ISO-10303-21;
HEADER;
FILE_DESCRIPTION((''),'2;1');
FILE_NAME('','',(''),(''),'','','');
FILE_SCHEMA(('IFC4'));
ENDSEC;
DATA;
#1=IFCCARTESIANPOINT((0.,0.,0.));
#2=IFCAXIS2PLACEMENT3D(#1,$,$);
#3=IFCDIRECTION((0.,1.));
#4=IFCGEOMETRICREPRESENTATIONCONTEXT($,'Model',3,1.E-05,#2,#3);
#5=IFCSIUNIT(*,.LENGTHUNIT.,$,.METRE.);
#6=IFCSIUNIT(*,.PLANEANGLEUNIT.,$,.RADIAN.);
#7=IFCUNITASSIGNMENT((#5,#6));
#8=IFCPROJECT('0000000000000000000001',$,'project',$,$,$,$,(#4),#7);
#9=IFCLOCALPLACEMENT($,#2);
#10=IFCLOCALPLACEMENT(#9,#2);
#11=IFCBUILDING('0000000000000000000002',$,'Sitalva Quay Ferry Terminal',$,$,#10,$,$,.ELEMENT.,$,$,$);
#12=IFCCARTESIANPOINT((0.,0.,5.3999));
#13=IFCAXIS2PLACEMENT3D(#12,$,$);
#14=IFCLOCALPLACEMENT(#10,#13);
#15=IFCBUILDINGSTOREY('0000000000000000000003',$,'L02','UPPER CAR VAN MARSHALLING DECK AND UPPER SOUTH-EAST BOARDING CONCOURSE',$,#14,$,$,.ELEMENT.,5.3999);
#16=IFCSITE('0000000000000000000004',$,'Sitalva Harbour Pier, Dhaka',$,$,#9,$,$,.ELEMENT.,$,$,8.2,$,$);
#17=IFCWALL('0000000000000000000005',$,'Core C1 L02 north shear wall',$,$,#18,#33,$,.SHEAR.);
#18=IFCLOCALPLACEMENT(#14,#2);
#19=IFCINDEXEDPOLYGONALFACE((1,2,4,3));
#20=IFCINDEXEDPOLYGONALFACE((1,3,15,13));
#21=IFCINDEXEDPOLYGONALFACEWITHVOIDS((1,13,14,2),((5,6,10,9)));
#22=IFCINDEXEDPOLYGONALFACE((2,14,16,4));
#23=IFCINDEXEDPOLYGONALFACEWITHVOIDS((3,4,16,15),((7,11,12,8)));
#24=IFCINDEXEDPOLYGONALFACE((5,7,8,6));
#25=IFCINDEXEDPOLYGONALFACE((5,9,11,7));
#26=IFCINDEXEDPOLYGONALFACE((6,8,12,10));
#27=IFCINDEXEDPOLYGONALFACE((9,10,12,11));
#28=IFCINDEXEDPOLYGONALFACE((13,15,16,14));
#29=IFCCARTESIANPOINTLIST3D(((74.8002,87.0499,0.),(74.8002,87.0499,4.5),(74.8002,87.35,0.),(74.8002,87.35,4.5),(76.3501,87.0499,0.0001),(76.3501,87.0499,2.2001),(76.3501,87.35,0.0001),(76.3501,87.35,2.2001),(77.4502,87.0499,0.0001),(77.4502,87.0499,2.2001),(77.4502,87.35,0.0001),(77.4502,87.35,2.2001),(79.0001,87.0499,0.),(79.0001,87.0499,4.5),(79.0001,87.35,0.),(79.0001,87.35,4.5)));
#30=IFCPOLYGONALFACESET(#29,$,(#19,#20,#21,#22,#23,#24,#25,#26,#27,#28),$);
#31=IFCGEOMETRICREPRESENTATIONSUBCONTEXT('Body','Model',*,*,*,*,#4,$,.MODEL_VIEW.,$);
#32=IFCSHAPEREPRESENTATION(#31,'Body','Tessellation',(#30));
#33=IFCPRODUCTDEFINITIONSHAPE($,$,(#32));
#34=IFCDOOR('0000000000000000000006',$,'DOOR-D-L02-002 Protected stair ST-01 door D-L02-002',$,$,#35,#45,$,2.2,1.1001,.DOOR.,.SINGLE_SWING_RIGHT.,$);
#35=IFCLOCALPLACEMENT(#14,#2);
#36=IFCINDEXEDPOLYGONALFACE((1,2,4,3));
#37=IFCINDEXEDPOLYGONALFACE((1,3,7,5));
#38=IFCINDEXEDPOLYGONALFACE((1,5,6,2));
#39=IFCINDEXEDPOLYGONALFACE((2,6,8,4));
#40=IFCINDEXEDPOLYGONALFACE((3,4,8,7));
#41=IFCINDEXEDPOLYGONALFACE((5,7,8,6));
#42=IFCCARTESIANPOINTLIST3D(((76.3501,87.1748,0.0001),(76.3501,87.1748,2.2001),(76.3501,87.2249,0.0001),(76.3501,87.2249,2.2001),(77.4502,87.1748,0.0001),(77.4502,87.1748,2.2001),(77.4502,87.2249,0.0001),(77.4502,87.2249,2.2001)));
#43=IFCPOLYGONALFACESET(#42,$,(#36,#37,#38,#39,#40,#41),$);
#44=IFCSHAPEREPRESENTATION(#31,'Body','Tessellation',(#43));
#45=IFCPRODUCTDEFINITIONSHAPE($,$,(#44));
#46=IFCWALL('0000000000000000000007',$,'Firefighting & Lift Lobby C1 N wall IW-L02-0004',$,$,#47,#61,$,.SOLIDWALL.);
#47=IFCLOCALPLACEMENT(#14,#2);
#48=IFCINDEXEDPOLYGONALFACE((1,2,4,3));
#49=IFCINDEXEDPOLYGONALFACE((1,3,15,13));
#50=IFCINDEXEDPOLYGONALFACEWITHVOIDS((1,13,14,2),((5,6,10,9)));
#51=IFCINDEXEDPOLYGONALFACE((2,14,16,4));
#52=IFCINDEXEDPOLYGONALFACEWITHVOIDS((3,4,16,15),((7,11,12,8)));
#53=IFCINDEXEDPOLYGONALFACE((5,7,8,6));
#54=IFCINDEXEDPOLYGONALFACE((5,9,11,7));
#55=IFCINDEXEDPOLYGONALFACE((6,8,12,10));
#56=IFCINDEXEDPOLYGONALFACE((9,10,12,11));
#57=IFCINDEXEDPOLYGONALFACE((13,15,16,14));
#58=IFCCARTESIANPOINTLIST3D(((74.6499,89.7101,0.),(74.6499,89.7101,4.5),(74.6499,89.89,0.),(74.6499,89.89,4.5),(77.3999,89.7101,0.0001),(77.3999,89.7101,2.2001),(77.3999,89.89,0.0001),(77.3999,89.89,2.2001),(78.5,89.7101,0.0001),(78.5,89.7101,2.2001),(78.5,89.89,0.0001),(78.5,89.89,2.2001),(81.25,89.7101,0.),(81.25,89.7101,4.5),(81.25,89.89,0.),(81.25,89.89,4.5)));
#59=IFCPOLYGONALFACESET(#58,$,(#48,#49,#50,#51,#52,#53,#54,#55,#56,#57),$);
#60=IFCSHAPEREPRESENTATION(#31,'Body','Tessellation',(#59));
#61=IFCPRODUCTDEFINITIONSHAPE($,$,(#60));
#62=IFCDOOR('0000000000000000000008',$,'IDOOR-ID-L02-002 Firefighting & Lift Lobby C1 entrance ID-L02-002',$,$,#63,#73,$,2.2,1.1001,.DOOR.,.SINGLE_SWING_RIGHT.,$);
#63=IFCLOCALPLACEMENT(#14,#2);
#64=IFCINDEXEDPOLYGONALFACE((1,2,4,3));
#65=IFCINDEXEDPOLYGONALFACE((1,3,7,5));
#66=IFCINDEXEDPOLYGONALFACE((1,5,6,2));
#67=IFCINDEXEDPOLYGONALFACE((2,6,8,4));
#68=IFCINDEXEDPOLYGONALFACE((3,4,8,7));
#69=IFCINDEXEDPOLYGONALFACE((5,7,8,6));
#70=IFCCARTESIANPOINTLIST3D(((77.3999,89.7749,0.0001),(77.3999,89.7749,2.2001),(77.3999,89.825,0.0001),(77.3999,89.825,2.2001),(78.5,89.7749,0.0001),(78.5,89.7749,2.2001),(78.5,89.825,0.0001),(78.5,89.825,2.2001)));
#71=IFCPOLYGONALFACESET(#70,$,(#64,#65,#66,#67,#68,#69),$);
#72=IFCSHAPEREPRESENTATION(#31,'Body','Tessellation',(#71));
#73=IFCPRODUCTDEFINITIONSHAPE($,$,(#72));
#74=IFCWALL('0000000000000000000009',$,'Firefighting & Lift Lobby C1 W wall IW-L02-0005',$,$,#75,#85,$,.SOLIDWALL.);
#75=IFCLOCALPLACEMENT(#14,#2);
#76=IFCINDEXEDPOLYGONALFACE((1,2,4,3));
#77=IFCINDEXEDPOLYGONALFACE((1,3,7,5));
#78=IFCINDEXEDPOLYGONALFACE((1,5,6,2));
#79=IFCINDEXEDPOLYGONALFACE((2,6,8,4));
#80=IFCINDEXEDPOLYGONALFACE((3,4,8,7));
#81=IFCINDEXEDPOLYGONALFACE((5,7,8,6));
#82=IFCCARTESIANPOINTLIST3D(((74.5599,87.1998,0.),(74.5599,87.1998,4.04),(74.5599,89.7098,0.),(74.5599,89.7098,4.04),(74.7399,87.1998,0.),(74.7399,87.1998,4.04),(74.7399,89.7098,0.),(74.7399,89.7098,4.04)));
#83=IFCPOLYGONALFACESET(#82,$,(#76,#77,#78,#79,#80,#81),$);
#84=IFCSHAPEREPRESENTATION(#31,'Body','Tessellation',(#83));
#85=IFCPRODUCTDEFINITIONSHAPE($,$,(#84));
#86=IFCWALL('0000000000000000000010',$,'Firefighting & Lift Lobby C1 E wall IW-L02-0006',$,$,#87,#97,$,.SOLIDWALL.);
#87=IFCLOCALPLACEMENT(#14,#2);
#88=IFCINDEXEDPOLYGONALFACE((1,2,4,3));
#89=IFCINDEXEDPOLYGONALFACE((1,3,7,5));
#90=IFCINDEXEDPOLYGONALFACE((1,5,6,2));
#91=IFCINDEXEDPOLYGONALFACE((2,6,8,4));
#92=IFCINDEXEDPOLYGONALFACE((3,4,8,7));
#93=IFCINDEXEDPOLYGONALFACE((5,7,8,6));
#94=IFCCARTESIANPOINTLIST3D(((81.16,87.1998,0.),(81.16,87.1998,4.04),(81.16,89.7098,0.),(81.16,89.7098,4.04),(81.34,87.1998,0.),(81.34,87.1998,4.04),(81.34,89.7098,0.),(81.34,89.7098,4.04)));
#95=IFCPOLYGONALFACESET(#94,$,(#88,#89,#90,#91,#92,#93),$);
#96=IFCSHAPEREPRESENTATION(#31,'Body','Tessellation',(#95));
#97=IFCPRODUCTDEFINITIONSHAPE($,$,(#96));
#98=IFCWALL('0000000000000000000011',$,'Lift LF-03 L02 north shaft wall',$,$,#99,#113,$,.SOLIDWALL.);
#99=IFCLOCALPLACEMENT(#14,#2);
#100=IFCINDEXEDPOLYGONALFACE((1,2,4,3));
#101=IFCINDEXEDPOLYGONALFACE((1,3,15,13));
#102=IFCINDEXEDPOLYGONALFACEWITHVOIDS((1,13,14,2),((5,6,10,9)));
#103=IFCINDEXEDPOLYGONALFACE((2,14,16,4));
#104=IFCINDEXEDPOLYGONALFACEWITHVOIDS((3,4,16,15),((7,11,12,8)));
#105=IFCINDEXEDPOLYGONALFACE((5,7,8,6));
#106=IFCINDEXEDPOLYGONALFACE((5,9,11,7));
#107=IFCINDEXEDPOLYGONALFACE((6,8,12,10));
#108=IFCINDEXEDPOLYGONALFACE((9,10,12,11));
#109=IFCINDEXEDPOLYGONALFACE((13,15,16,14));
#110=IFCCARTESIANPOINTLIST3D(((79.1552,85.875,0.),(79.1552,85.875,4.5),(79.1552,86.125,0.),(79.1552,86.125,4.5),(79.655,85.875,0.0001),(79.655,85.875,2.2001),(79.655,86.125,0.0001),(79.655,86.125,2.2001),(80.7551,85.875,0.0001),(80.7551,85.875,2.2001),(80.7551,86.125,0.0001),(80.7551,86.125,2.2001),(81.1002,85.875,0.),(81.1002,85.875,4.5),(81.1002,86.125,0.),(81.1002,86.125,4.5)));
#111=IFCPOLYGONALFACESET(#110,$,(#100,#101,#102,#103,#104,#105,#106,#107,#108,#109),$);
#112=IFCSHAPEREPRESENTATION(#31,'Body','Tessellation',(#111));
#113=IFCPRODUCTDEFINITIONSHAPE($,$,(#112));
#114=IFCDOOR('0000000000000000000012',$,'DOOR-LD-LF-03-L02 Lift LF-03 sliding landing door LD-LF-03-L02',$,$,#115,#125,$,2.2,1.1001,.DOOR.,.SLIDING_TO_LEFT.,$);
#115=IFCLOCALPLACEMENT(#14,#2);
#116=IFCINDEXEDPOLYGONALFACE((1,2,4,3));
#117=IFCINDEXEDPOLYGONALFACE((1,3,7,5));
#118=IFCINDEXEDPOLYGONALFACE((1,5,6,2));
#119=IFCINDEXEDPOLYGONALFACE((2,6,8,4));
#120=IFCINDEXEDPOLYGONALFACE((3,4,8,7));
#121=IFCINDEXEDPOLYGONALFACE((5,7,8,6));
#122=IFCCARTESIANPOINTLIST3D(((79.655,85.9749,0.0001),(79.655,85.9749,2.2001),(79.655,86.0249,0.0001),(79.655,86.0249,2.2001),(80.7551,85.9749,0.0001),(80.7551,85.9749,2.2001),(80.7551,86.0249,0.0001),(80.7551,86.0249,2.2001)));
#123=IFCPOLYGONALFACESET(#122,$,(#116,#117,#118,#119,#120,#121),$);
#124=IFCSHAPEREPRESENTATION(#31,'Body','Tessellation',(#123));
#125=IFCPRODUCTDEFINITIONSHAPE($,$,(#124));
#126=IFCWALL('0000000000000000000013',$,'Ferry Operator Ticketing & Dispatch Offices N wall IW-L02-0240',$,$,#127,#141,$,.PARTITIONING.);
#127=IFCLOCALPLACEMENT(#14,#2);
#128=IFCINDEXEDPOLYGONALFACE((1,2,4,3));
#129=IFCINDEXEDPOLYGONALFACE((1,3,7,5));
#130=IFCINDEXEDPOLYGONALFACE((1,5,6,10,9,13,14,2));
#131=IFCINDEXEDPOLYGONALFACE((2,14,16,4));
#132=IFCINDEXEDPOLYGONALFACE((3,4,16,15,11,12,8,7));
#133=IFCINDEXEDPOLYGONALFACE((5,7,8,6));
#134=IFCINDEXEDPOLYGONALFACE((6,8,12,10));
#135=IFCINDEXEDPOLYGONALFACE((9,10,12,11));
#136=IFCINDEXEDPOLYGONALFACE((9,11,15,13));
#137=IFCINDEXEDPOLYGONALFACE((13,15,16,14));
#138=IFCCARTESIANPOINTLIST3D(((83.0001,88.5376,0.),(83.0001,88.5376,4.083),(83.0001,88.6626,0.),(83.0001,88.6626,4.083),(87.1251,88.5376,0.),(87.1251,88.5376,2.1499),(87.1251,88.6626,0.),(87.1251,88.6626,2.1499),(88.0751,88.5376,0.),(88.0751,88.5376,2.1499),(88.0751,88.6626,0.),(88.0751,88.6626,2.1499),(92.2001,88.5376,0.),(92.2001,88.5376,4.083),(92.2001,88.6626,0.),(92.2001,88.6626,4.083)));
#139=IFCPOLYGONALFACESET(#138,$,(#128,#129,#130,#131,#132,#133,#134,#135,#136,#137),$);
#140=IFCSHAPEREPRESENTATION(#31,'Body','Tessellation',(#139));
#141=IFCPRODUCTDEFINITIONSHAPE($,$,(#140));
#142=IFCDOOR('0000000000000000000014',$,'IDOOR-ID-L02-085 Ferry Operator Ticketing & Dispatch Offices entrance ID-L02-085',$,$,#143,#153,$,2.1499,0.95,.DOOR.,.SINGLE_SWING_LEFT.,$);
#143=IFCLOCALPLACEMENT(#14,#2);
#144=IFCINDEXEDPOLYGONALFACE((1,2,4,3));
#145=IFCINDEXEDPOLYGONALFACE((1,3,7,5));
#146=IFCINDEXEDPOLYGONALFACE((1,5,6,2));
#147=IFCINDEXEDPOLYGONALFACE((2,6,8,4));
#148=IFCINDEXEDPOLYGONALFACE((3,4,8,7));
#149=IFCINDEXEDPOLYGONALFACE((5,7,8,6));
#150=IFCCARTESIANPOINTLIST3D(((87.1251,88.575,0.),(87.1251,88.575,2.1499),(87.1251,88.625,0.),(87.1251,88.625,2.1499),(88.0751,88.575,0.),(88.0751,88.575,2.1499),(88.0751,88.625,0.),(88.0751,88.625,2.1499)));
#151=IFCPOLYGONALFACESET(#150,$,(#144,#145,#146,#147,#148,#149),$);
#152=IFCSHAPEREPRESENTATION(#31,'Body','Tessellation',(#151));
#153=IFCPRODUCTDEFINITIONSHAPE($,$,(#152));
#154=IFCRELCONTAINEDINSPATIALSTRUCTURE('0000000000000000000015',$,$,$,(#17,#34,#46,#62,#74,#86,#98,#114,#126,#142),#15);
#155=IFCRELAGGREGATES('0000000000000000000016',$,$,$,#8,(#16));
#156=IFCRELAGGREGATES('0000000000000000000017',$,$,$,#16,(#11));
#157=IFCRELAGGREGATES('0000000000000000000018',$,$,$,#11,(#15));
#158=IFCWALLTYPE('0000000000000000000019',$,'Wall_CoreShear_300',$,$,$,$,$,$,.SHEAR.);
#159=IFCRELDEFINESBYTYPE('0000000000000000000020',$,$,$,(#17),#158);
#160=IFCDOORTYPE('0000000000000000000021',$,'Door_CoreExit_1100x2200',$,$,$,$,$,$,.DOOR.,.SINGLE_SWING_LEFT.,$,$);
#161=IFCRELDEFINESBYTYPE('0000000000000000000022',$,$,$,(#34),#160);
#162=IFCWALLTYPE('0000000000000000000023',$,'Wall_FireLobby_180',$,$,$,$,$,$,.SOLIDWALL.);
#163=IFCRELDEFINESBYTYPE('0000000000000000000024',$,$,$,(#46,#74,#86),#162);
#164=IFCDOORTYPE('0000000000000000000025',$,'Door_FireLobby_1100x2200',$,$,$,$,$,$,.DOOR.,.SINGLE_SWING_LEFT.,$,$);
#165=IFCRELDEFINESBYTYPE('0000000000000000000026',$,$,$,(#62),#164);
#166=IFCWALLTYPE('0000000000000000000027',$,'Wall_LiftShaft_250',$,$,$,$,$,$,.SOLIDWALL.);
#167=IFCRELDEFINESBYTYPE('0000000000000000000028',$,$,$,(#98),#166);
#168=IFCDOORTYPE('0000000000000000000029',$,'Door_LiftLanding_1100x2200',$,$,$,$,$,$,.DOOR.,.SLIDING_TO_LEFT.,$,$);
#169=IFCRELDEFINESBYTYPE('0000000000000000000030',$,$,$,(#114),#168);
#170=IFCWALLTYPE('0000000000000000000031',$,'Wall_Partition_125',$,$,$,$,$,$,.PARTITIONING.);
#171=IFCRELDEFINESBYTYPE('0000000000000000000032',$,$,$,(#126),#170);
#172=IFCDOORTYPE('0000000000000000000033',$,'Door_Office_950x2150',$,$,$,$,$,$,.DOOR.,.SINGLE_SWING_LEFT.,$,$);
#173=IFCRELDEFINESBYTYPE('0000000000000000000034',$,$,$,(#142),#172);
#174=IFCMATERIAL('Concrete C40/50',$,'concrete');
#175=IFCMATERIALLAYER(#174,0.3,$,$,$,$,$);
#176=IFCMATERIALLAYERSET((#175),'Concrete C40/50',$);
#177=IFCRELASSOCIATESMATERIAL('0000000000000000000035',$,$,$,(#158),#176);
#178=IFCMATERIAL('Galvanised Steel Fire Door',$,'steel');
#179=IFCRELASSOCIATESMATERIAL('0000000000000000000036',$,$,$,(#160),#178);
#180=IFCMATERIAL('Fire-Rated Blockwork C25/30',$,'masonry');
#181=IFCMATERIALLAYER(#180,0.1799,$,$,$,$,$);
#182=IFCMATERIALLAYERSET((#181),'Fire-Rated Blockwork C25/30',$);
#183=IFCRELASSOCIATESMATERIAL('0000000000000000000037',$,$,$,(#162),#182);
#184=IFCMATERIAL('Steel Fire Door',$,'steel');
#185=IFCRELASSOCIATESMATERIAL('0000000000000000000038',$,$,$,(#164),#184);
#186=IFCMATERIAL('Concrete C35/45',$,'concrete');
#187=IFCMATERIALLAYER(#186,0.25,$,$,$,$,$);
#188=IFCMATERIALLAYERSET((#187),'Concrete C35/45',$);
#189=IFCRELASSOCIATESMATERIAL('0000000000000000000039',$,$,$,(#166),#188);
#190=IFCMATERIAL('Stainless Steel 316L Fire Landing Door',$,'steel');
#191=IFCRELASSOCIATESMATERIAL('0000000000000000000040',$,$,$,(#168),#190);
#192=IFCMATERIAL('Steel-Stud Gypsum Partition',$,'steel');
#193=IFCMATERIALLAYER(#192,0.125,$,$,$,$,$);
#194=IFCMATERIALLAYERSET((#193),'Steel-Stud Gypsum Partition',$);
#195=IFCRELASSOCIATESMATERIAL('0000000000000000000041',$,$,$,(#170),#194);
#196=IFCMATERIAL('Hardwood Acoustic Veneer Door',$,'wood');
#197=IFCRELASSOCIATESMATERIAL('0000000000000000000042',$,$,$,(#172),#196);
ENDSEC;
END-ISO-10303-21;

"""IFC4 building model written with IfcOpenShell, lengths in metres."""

from ifc_helpers import new_model, si_unit, direction, frame, frame_2d, origin, place, context, subcontext, project, spatial, rectangle, extrude, material, layer, layer_set, type_object, element, fill, save


model = new_model("IFC4")

# Units and contexts
model_context = context("Model", 3, precision=1e-05, world=origin(), true_north=direction((0.0, 1.0)))
body_context = subcontext(model_context, "Body", "Model", "MODEL_VIEW")
ifc_project = project(units=[si_unit("LENGTHUNIT", "METRE"), si_unit("PLANEANGLEUNIT", "RADIAN")], contexts=[model_context])

# Site, building, storey
site_placement = place(None, origin())
site = spatial("IfcSite", under=ifc_project, at=site_placement, Name="Sitalva Harbour Pier, Dhaka", CompositionType="ELEMENT", RefElevation=8.2)
building_placement = place(site_placement, origin())
building = spatial("IfcBuilding", under=site, at=building_placement, Name="Sitalva Quay Ferry Terminal", CompositionType="ELEMENT")
storey_placement = place(building_placement, frame((0.0, 0.0, 5.3999)))
storey = spatial("IfcBuildingStorey", under=building, at=storey_placement, Name="L02", Description="UPPER CAR VAN MARSHALLING DECK AND UPPER SOUTH-EAST BOARDING CONCOURSE", CompositionType="ELEMENT", Elevation=5.3999)

# Walls, openings, doors
ifc_material_1 = material(Name="Concrete C40/50", Category="concrete")
ifc_layer_1 = layer(ifc_material_1, 0.3)
ifc_layer_set_1 = layer_set([ifc_layer_1], Name="Concrete C40/50")
wall_type_1 = type_object("IfcWallType", Name="Wall_CoreShear_300", PredefinedType="SHEAR", material=ifc_layer_set_1)
wall_1_placement = place(storey_placement, frame((74.8, 87.2, 0.0), z_axis=(0.0, 0.0, 1.0), x_axis=(1.0, 0.0, 0.0)))
wall_1 = element("IfcWall", 1, at=wall_1_placement, inside=storey, type_object=wall_type_1, Name="Core C1 L02 north shear wall", PredefinedType="SHEAR", context=body_context, shape_type="SweptSolid", body=[
    extrude(rectangle(XDim=4.2, YDim=0.3, at=frame_2d((2.1001, 0.0))), origin(), (0.0, 0.0, 1.0), 4.5),
])
opening_1_placement = place(wall_1_placement, frame((1.55, 0.0, 0.0)))
opening_1 = element("IfcOpeningElement", 2, at=opening_1_placement, cuts=wall_1, PredefinedType="OPENING", context=body_context, shape_type="SweptSolid", body=[
    extrude(rectangle(XDim=1.1001, YDim=2.2, at=frame_2d((0.55, 1.1001))), frame((0.0, 0.1599, 0.0), z_axis=(0.0, -1.0, 0.0), x_axis=(1.0, 0.0, 0.0)), (0.0, 0.0, 1.0), 0.3201),
])
ifc_material_2 = material(Name="Galvanised Steel Fire Door", Category="steel")
door_type_1 = type_object("IfcDoorType", Name="Door_CoreExit_1100x2200", OperationType="SINGLE_SWING_LEFT", PredefinedType="DOOR", material=ifc_material_2)
door_1_placement = place(opening_1_placement, origin())
door_1 = element("IfcDoor", 3, at=door_1_placement, inside=storey, type_object=door_type_1, Name="DOOR-D-L02-002 Protected stair ST-01 door D-L02-002", OperationType="SINGLE_SWING_RIGHT", OverallHeight=2.2, OverallWidth=1.1001, PredefinedType="DOOR", context=body_context, shape_type="SweptSolid", body=[
    extrude(rectangle(XDim=1.1001, YDim=2.2, at=frame_2d((0.55, 1.1001))), frame((0.0, 0.0249, 0.0), z_axis=(0.0, -1.0, 0.0), x_axis=(1.0, 0.0, 0.0)), (0.0, 0.0, 1.0), 0.05),
])
fill(opening_1, door_1)
ifc_material_3 = material(Name="Fire-Rated Blockwork C25/30", Category="masonry")
ifc_layer_2 = layer(ifc_material_3, 0.1799)
ifc_layer_set_2 = layer_set([ifc_layer_2], Name="Fire-Rated Blockwork C25/30")
wall_type_2 = type_object("IfcWallType", Name="Wall_FireLobby_180", PredefinedType="SOLIDWALL", material=ifc_layer_set_2)
wall_2_placement = place(storey_placement, frame((74.6499, 89.8, 0.0), z_axis=(0.0, 0.0, 1.0), x_axis=(1.0, 0.0, 0.0)))
wall_2 = element("IfcWall", 4, at=wall_2_placement, inside=storey, type_object=wall_type_2, Name="Firefighting & Lift Lobby C1 N wall IW-L02-0004", PredefinedType="SOLIDWALL", context=body_context, shape_type="SweptSolid", body=[
    extrude(rectangle(XDim=6.6001, YDim=0.1799, at=frame_2d((3.3, 0.0))), origin(), (0.0, 0.0, 1.0), 4.5),
])
opening_2_placement = place(wall_2_placement, frame((2.75, 0.0, 0.0)))
opening_2 = element("IfcOpeningElement", 5, at=opening_2_placement, cuts=wall_2, PredefinedType="OPENING", context=body_context, shape_type="SweptSolid", body=[
    extrude(rectangle(XDim=1.1001, YDim=2.2, at=frame_2d((0.55, 1.1001))), frame((0.0, 0.0999, 0.0), z_axis=(0.0, -1.0, 0.0), x_axis=(1.0, 0.0, 0.0)), (0.0, 0.0, 1.0), 0.2),
])
ifc_material_4 = material(Name="Steel Fire Door", Category="steel")
door_type_2 = type_object("IfcDoorType", Name="Door_FireLobby_1100x2200", OperationType="SINGLE_SWING_LEFT", PredefinedType="DOOR", material=ifc_material_4)
door_2_placement = place(opening_2_placement, origin())
door_2 = element("IfcDoor", 6, at=door_2_placement, inside=storey, type_object=door_type_2, Name="IDOOR-ID-L02-002 Firefighting & Lift Lobby C1 entrance ID-L02-002", OperationType="SINGLE_SWING_RIGHT", OverallHeight=2.2, OverallWidth=1.1001, PredefinedType="DOOR", context=body_context, shape_type="SweptSolid", body=[
    extrude(rectangle(XDim=1.1001, YDim=2.2, at=frame_2d((0.55, 1.1001))), frame((0.0, 0.0249, 0.0), z_axis=(0.0, -1.0, 0.0), x_axis=(1.0, 0.0, 0.0)), (0.0, 0.0, 1.0), 0.05),
])
fill(opening_2, door_2)

# Walls
for number, where, z_axis, x_axis, name in (
    (7, (74.6499, 87.2, 0.0), (0.0, 0.0, 1.0), (0.0, 1.0, 0.0), "Firefighting & Lift Lobby C1 W wall IW-L02-0005"),
    (8, (81.25, 87.2, 0.0), (0.0, 0.0, 1.0), (0.0, 1.0, 0.0), "Firefighting & Lift Lobby C1 E wall IW-L02-0006"),
):
    element("IfcWall", number, at=place(storey_placement, frame(where, z_axis=z_axis, x_axis=x_axis)), inside=storey, type_object=wall_type_2, Name=name, PredefinedType="SOLIDWALL", context=body_context, shape_type="SweptSolid", body=[
        extrude(rectangle(XDim=2.51, YDim=0.1799, at=frame_2d((1.2549, 0.0))), origin(), (0.0, 0.0, 1.0), 4.04),
    ])

# Walls, openings, doors
ifc_material_5 = material(Name="Concrete C35/45", Category="concrete")
ifc_layer_3 = layer(ifc_material_5, 0.25)
ifc_layer_set_3 = layer_set([ifc_layer_3], Name="Concrete C35/45")
wall_type_3 = type_object("IfcWallType", Name="Wall_LiftShaft_250", PredefinedType="SOLIDWALL", material=ifc_layer_set_3)
wall_3_placement = place(storey_placement, frame((79.155, 86.0, 0.0), z_axis=(0.0, 0.0, 1.0), x_axis=(1.0, 0.0, 0.0)))
wall_3 = element("IfcWall", 9, at=wall_3_placement, inside=storey, type_object=wall_type_3, Name="Lift LF-03 L02 north shaft wall", PredefinedType="SOLIDWALL", context=body_context, shape_type="SweptSolid", body=[
    extrude(rectangle(XDim=1.9451, YDim=0.25, at=frame_2d((0.9727, 0.0))), origin(), (0.0, 0.0, 1.0), 4.5),
])
opening_3_placement = place(wall_3_placement, frame((0.5, 0.0, 0.0)))
opening_3 = element("IfcOpeningElement", 10, at=opening_3_placement, cuts=wall_3, PredefinedType="OPENING", context=body_context, shape_type="SweptSolid", body=[
    extrude(rectangle(XDim=1.1001, YDim=2.2, at=frame_2d((0.55, 1.1001))), frame((0.0, 0.135, 0.0), z_axis=(0.0, -1.0, 0.0), x_axis=(1.0, 0.0, 0.0)), (0.0, 0.0, 1.0), 0.27),
])
ifc_material_6 = material(Name="Stainless Steel 316L Fire Landing Door", Category="steel")
door_type_3 = type_object("IfcDoorType", Name="Door_LiftLanding_1100x2200", OperationType="SLIDING_TO_LEFT", PredefinedType="DOOR", material=ifc_material_6)
door_3_placement = place(opening_3_placement, origin())
door_3 = element("IfcDoor", 11, at=door_3_placement, inside=storey, type_object=door_type_3, Name="DOOR-LD-LF-03-L02 Lift LF-03 sliding landing door LD-LF-03-L02", OperationType="SLIDING_TO_LEFT", OverallHeight=2.2, OverallWidth=1.1001, PredefinedType="DOOR", context=body_context, shape_type="SweptSolid", body=[
    extrude(rectangle(XDim=1.1001, YDim=2.2, at=frame_2d((0.55, 1.1001))), frame((0.0, 0.0249, 0.0), z_axis=(0.0, -1.0, 0.0), x_axis=(1.0, 0.0, 0.0)), (0.0, 0.0, 1.0), 0.05),
])
fill(opening_3, door_3)
ifc_material_7 = material(Name="Steel-Stud Gypsum Partition", Category="steel")
ifc_layer_4 = layer(ifc_material_7, 0.125)
ifc_layer_set_4 = layer_set([ifc_layer_4], Name="Steel-Stud Gypsum Partition")
wall_type_4 = type_object("IfcWallType", Name="Wall_Partition_125", PredefinedType="PARTITIONING", material=ifc_layer_set_4)
wall_4_placement = place(storey_placement, frame((83.0, 88.6001, 0.0), z_axis=(0.0, 0.0, 1.0), x_axis=(1.0, 0.0, 0.0)))
wall_4 = element("IfcWall", 12, at=wall_4_placement, inside=storey, type_object=wall_type_4, Name="Ferry Operator Ticketing & Dispatch Offices N wall IW-L02-0240", PredefinedType="PARTITIONING", context=body_context, shape_type="SweptSolid", body=[
    extrude(rectangle(XDim=9.2, YDim=0.125, at=frame_2d((4.6001, 0.0))), origin(), (0.0, 0.0, 1.0), 4.083),
])
opening_4_placement = place(wall_4_placement, frame((4.125, 0.0, 0.0)))
opening_4 = element("IfcOpeningElement", 13, at=opening_4_placement, cuts=wall_4, PredefinedType="OPENING", context=body_context, shape_type="SweptSolid", body=[
    extrude(rectangle(XDim=0.95, YDim=2.1499, at=frame_2d((0.4751, 1.075))), frame((0.0, 0.0725, 0.0), z_axis=(0.0, -1.0, 0.0), x_axis=(1.0, 0.0, 0.0)), (0.0, 0.0, 1.0), 0.145),
])
ifc_material_8 = material(Name="Hardwood Acoustic Veneer Door", Category="wood")
door_type_4 = type_object("IfcDoorType", Name="Door_Office_950x2150", OperationType="SINGLE_SWING_LEFT", PredefinedType="DOOR", material=ifc_material_8)
door_4_placement = place(opening_4_placement, origin())
door_4 = element("IfcDoor", 14, at=door_4_placement, inside=storey, type_object=door_type_4, Name="IDOOR-ID-L02-085 Ferry Operator Ticketing & Dispatch Offices entrance ID-L02-085", OperationType="SINGLE_SWING_LEFT", OverallHeight=2.1499, OverallWidth=0.95, PredefinedType="DOOR", context=body_context, shape_type="SweptSolid", body=[
    extrude(rectangle(XDim=0.95, YDim=2.1499, at=frame_2d((0.4751, 1.075))), frame((0.0, 0.0249, 0.0), z_axis=(0.0, -1.0, 0.0), x_axis=(1.0, 0.0, 0.0)), (0.0, 0.0, 1.0), 0.05),
])
fill(opening_4, door_4)

save(model, "model.ifc")
